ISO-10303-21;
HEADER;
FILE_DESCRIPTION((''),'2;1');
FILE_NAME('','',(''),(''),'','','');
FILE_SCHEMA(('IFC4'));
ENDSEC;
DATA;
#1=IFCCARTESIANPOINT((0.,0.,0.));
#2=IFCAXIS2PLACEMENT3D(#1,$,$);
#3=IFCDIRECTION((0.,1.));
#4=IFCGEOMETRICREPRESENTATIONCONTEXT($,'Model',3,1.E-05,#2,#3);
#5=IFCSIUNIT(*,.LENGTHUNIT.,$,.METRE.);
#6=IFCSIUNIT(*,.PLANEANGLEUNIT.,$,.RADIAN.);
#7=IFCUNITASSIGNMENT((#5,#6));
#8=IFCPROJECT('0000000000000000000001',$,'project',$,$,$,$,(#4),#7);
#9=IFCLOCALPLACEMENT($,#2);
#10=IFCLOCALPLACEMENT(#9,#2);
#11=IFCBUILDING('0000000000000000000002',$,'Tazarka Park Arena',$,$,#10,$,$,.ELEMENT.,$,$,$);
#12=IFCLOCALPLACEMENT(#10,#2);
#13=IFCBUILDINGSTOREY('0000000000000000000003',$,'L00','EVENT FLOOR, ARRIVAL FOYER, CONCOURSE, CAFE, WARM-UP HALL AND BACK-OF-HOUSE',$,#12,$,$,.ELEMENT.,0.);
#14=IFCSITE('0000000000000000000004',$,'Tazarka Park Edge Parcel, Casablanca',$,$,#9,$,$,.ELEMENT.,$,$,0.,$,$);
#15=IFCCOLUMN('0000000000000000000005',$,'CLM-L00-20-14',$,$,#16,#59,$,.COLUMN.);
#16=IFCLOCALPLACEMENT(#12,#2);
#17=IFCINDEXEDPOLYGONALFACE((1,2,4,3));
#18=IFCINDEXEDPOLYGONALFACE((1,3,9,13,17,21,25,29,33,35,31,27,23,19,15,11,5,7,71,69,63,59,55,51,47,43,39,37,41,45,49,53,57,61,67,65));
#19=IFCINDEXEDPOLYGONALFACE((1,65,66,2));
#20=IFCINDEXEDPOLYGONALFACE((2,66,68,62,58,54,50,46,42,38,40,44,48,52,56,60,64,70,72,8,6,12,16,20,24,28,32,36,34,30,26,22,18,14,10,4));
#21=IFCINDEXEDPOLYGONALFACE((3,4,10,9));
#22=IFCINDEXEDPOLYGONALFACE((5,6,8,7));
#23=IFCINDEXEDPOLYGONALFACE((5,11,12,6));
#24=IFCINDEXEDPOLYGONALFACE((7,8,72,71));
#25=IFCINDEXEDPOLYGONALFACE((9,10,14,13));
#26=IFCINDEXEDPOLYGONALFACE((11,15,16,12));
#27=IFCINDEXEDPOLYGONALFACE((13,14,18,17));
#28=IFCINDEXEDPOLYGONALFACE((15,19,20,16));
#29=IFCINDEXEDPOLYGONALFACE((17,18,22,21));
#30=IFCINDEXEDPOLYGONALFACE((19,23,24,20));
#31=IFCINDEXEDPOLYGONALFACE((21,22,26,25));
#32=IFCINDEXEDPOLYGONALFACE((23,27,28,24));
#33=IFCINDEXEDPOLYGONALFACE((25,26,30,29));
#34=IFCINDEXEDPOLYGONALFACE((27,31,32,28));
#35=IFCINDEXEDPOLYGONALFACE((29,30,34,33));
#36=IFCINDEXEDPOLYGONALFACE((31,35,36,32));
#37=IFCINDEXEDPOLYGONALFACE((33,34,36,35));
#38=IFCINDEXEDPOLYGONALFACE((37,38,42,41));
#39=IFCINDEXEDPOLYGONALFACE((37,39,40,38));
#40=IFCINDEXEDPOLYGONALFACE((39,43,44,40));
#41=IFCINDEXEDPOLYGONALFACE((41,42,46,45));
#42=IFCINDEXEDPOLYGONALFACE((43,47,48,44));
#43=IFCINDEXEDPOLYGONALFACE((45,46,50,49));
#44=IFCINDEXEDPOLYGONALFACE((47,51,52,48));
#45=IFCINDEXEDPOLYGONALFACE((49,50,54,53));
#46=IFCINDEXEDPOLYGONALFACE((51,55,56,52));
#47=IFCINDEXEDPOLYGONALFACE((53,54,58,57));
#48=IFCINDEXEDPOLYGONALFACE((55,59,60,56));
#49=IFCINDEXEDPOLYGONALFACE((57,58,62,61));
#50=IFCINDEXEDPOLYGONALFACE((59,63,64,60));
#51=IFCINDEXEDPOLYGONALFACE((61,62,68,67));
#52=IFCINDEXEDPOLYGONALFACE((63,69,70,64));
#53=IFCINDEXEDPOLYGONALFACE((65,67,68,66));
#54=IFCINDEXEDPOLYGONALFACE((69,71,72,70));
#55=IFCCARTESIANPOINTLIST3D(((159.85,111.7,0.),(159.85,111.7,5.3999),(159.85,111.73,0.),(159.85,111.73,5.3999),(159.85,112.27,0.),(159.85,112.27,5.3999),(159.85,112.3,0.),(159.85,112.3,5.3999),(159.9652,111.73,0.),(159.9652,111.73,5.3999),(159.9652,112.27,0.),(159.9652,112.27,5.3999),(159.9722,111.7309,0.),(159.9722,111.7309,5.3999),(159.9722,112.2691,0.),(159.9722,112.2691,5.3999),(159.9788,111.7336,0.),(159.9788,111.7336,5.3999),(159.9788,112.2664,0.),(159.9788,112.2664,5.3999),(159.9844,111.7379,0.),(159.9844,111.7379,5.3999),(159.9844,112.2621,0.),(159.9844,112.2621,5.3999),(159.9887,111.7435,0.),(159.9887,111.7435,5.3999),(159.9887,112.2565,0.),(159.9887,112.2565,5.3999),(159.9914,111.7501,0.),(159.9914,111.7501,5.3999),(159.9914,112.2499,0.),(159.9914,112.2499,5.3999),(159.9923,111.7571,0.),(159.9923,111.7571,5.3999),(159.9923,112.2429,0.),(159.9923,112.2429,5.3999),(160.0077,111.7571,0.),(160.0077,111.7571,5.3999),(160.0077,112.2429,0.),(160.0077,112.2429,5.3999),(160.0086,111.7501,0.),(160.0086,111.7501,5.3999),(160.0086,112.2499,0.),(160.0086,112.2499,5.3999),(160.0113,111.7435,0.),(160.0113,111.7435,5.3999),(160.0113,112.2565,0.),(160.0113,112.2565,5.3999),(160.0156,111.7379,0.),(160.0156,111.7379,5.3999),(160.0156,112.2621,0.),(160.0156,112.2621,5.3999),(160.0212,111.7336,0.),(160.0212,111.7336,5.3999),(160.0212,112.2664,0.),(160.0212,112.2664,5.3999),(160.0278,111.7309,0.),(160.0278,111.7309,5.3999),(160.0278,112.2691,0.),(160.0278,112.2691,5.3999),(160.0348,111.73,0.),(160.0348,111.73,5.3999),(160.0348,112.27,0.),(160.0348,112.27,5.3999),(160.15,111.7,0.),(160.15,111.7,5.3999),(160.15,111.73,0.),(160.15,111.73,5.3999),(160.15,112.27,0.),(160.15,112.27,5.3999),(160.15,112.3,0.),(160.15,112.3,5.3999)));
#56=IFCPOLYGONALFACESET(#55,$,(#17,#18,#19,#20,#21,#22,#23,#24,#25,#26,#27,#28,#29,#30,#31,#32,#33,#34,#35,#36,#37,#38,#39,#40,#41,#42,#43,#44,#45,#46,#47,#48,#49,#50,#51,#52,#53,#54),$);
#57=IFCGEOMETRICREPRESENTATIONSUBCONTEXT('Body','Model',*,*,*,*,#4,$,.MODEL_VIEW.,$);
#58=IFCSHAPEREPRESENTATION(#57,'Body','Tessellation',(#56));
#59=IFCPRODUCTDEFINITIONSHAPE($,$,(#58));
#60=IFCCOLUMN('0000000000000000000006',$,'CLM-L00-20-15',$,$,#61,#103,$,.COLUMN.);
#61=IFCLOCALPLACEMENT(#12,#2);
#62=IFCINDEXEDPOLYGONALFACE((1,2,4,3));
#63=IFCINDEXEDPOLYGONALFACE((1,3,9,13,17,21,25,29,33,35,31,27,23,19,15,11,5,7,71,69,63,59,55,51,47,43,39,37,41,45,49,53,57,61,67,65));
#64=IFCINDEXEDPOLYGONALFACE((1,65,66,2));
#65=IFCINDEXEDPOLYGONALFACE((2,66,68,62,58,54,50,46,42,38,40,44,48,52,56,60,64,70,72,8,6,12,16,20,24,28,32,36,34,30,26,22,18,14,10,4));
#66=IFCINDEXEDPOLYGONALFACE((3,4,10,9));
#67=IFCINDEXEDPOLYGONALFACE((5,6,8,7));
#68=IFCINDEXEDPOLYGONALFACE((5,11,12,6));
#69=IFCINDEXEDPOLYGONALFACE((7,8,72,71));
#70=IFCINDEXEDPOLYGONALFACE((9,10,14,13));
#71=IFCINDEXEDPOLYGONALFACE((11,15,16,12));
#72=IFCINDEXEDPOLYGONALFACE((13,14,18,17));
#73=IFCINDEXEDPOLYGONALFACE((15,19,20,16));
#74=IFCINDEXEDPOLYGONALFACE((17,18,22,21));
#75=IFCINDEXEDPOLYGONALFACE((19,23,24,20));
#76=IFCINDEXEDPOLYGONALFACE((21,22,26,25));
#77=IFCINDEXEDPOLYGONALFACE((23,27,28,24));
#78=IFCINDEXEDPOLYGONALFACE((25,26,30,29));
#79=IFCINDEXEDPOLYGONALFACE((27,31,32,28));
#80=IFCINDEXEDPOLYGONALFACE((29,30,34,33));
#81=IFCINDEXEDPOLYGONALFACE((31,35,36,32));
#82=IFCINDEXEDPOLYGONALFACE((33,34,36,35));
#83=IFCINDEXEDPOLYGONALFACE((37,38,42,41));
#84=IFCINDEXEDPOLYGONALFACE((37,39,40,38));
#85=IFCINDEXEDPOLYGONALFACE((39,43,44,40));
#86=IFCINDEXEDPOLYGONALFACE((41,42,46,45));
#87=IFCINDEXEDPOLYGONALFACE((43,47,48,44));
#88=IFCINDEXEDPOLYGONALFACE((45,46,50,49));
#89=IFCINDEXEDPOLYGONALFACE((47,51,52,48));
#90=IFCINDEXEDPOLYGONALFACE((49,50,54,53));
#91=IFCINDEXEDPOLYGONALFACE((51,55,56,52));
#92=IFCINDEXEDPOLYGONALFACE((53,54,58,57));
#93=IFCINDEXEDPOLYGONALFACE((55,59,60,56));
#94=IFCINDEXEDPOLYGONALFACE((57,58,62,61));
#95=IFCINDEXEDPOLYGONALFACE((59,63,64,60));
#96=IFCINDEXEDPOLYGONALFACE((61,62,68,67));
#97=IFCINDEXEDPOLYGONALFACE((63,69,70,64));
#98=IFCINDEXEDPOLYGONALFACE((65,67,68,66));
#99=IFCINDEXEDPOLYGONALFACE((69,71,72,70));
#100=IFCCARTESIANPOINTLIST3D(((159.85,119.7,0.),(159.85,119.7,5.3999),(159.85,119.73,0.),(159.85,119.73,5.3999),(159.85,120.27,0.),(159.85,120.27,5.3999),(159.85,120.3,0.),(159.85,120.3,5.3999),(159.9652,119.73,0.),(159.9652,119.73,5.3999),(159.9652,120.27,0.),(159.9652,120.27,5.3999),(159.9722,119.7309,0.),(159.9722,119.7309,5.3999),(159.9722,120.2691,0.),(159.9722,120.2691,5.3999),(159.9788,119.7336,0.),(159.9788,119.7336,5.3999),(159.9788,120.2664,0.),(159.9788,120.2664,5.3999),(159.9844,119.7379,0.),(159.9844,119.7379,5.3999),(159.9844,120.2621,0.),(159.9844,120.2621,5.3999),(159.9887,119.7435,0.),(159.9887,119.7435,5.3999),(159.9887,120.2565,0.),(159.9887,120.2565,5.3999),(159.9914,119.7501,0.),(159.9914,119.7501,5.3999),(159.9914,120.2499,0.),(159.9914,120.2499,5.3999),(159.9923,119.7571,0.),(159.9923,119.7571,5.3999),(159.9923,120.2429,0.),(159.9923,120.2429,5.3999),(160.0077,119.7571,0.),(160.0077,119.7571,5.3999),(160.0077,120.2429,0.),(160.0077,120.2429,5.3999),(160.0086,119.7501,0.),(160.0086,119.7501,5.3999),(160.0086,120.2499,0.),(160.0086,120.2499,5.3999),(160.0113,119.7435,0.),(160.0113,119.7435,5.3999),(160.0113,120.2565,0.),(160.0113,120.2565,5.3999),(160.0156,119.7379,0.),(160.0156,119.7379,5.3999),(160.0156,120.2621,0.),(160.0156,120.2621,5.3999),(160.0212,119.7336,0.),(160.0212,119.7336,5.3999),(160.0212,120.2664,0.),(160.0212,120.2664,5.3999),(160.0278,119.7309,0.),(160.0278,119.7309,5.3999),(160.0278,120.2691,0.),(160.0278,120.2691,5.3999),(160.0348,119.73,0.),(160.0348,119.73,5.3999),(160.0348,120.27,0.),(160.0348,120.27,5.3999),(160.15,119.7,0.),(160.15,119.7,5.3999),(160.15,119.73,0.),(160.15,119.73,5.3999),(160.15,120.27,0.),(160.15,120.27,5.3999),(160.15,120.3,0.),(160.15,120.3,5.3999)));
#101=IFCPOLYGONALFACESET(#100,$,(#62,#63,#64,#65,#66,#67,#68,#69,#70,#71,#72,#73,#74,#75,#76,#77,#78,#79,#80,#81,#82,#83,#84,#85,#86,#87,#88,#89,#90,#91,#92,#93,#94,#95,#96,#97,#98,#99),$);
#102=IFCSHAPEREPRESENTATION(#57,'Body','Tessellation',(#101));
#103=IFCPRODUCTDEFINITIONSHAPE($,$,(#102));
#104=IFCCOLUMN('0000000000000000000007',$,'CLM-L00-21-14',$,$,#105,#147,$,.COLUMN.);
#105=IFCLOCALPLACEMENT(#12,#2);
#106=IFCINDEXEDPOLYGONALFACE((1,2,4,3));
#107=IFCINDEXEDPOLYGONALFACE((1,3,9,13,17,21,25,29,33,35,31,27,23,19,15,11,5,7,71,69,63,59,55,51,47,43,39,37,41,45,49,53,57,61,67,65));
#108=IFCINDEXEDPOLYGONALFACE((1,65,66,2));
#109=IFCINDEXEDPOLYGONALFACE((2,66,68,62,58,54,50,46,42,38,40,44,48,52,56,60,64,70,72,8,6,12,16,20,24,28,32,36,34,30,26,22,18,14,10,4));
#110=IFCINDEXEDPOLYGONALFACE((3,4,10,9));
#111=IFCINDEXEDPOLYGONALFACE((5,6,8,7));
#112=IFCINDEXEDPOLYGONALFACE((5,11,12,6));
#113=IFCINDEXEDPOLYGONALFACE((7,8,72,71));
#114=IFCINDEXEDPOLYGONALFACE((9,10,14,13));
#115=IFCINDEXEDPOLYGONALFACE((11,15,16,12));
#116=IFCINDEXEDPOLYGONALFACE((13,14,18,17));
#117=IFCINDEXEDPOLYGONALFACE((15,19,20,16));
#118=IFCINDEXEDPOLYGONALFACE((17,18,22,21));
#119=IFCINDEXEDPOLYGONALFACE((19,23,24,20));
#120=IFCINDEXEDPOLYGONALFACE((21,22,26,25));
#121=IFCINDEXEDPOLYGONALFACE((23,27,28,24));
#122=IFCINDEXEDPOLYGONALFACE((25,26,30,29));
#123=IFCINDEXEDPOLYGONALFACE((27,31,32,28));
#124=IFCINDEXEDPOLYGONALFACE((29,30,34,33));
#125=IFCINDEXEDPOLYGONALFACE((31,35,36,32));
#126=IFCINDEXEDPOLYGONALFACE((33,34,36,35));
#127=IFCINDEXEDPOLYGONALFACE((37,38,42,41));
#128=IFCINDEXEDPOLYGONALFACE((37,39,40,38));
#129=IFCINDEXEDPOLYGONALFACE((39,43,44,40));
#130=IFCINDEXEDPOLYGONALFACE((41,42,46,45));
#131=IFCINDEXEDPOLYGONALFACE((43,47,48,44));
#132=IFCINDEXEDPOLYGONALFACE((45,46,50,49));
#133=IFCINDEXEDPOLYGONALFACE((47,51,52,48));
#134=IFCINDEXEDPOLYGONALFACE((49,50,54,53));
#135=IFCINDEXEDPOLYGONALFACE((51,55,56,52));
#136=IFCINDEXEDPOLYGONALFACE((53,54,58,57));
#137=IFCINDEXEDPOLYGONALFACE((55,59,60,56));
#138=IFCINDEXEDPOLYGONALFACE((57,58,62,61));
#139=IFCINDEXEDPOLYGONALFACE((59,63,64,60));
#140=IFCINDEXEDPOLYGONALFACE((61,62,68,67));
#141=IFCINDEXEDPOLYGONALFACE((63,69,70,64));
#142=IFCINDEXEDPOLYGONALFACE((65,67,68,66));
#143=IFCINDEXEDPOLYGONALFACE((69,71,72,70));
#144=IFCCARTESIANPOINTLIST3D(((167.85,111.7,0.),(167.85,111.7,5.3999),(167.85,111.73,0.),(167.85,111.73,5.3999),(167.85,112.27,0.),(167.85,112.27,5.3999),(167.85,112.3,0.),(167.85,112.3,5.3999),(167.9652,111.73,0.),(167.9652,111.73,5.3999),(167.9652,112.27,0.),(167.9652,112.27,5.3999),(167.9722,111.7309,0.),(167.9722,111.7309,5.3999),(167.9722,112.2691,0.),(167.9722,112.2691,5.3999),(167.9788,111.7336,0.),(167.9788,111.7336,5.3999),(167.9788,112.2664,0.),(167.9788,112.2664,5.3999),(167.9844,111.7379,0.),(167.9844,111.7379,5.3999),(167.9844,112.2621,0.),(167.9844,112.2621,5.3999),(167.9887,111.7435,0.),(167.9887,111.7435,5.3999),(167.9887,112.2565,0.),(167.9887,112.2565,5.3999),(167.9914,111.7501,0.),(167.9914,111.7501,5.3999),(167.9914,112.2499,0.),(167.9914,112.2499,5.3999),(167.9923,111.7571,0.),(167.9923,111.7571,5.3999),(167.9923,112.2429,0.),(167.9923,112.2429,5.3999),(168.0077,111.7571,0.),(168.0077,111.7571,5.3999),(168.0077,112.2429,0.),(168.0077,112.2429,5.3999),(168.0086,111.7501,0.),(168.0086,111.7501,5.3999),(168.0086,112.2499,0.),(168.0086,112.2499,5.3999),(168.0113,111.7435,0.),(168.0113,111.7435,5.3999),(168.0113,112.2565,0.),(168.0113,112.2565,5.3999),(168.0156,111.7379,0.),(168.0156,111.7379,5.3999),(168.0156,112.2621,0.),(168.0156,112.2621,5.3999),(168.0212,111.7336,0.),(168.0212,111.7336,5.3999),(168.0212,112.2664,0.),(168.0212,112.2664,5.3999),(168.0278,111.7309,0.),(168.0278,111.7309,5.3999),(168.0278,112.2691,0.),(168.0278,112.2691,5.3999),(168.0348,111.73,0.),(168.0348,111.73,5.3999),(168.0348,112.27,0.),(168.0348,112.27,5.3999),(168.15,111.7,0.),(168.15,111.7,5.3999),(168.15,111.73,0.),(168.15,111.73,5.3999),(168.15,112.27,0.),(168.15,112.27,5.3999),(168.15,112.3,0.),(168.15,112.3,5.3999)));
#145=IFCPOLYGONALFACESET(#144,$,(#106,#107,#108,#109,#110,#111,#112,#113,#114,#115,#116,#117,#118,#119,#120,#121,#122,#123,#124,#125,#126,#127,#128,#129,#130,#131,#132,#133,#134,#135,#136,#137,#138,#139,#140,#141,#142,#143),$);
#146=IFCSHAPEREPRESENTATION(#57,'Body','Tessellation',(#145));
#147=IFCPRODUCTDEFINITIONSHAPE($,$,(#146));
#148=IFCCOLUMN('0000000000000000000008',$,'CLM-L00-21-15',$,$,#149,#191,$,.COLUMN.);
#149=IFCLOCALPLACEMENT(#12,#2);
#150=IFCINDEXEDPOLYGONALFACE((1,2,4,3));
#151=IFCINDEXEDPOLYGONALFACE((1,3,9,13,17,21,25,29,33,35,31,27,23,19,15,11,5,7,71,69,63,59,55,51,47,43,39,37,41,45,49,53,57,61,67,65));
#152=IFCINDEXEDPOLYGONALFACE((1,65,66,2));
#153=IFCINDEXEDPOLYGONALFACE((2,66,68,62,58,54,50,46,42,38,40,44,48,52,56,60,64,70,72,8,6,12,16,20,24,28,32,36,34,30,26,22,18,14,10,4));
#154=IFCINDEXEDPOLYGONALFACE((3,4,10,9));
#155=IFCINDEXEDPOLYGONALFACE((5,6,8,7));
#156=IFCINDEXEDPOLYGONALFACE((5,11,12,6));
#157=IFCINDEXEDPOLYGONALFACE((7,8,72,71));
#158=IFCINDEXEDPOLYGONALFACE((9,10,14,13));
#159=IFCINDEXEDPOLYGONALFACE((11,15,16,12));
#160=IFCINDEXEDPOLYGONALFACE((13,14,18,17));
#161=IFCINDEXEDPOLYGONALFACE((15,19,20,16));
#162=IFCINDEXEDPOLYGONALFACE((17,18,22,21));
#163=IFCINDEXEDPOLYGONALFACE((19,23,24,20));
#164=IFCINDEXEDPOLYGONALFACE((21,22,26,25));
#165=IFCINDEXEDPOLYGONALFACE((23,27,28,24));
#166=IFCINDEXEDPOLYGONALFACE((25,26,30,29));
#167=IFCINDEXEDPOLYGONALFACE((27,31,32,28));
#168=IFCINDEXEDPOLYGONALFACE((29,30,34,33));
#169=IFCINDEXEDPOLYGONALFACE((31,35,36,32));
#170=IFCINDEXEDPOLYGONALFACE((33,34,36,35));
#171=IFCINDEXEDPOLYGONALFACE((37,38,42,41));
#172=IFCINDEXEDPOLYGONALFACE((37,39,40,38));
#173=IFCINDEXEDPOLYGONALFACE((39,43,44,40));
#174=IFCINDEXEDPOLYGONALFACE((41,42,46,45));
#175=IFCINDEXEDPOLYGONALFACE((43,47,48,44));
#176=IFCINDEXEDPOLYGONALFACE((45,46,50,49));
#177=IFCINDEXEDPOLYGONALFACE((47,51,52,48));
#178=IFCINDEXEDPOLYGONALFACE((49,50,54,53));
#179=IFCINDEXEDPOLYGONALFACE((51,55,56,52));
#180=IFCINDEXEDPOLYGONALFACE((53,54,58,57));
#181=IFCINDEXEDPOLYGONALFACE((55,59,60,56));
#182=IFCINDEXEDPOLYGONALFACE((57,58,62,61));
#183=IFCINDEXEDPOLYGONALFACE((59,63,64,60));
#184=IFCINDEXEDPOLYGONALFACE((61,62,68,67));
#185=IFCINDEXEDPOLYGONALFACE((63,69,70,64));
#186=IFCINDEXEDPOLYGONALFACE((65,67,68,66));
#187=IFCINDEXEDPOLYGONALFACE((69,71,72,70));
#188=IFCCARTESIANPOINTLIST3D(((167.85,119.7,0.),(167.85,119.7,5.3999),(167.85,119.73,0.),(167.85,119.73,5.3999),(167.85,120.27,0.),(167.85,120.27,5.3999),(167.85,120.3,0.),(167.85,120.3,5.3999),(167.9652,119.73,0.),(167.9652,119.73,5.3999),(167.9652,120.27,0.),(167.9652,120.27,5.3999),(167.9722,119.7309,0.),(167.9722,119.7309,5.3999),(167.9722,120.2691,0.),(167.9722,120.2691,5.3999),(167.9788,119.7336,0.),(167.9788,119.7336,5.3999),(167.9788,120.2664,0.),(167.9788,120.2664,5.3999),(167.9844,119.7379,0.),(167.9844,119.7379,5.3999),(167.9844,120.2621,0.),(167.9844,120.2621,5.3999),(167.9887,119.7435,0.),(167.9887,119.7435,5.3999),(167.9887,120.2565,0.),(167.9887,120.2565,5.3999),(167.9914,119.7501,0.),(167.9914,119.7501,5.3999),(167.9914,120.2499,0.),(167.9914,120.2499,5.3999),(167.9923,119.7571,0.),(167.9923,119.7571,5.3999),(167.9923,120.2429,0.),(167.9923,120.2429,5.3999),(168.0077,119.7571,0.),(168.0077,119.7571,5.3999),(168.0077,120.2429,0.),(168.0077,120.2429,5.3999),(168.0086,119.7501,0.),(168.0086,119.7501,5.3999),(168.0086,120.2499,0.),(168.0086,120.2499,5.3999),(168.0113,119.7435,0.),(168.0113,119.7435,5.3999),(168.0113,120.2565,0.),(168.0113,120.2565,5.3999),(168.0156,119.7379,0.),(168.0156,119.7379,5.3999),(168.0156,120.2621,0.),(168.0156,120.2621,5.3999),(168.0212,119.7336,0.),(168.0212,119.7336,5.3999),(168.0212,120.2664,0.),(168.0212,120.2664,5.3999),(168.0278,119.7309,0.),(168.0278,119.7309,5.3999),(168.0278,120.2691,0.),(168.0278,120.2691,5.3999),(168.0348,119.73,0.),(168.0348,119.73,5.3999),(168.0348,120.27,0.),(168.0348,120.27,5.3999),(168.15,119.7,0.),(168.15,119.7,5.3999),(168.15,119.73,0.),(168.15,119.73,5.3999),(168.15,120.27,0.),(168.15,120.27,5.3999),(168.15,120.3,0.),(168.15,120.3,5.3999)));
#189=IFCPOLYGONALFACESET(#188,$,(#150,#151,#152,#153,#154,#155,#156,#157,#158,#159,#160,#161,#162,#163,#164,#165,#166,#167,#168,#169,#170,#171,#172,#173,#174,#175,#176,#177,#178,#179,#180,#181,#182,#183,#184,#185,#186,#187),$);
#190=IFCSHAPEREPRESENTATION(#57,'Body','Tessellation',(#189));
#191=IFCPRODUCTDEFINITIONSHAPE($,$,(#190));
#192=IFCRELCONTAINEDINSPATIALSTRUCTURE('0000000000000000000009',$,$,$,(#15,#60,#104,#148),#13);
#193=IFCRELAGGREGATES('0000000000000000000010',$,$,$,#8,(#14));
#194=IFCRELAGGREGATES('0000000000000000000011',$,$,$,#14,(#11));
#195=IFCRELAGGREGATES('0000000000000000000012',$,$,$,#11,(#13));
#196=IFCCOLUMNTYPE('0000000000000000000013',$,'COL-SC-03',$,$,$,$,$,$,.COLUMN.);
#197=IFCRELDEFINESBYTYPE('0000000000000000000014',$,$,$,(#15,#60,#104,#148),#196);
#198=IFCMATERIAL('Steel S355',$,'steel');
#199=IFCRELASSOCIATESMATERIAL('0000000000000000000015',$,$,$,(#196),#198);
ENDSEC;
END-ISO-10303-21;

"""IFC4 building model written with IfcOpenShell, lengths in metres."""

from ifc_helpers import new_model, si_unit, direction, frame, origin, origin_2d, place, context, subcontext, project, spatial, i_section, extrude, material, material_profile, profile_set, type_object, element, save


model = new_model("IFC4")

# Units and contexts
model_context = context("Model", 3, precision=1e-05, world=origin(), true_north=direction((0.0, 1.0)))
body_context = subcontext(model_context, "Body", "Model", "MODEL_VIEW")
ifc_project = project(units=[si_unit("LENGTHUNIT", "METRE"), si_unit("PLANEANGLEUNIT", "RADIAN")], contexts=[model_context])

# Site, building, storey
site_placement = place(None, origin())
site = spatial("IfcSite", under=ifc_project, at=site_placement, Name="Tazarka Park Edge Parcel, Casablanca", CompositionType="ELEMENT", RefElevation=0.0)
building_placement = place(site_placement, origin())
building = spatial("IfcBuilding", under=site, at=building_placement, Name="Tazarka Park Arena", CompositionType="ELEMENT")
storey_placement = place(building_placement, origin())
storey = spatial("IfcBuildingStorey", under=building, at=storey_placement, Name="L00", Description="EVENT FLOOR, ARRIVAL FOYER, CONCOURSE, CAFE, WARM-UP HALL AND BACK-OF-HOUSE", CompositionType="ELEMENT", Elevation=0.0)

# Columns
ifc_material_1 = material(Name="Steel S355", Category="steel")
ifc_material_profile_1 = material_profile(ifc_material_1, i_section(OverallWidth=0.3, OverallDepth=0.6001, WebThickness=0.0154, FlangeThickness=0.03, FilletRadius=0.0271, at=origin_2d()), Name="Steel S355")
ifc_profile_set_1 = profile_set([ifc_material_profile_1], Name="Steel S355")
column_type_1 = type_object("IfcColumnType", Name="COL-SC-03", PredefinedType="COLUMN", material=ifc_profile_set_1)
for number, where, z_axis, x_axis, name in (
    (1, (160.0, 112.0, 0.0), (0.0, 0.0, 1.0), (1.0, 0.0, 0.0), "CLM-L00-20-14"),
    (2, (160.0, 120.0, 0.0), (0.0, 0.0, 1.0), (1.0, 0.0, 0.0), "CLM-L00-20-15"),
    (3, (168.0, 112.0, 0.0), (0.0, 0.0, 1.0), (1.0, 0.0, 0.0), "CLM-L00-21-14"),
    (4, (168.0, 120.0, 0.0), (0.0, 0.0, 1.0), (1.0, 0.0, 0.0), "CLM-L00-21-15"),
):
    element("IfcColumn", number, at=place(storey_placement, frame(where, z_axis=z_axis, x_axis=x_axis)), inside=storey, type_object=column_type_1, Name=name, PredefinedType="COLUMN", context=body_context, shape_type="SweptSolid", body=[
        extrude(i_section(OverallWidth=0.3, OverallDepth=0.6001, WebThickness=0.0154, FlangeThickness=0.03, FilletRadius=0.0271, at=origin_2d()), origin(), (0.0, 0.0, 1.0), 5.3999),
    ])

save(model, "model.ifc")
